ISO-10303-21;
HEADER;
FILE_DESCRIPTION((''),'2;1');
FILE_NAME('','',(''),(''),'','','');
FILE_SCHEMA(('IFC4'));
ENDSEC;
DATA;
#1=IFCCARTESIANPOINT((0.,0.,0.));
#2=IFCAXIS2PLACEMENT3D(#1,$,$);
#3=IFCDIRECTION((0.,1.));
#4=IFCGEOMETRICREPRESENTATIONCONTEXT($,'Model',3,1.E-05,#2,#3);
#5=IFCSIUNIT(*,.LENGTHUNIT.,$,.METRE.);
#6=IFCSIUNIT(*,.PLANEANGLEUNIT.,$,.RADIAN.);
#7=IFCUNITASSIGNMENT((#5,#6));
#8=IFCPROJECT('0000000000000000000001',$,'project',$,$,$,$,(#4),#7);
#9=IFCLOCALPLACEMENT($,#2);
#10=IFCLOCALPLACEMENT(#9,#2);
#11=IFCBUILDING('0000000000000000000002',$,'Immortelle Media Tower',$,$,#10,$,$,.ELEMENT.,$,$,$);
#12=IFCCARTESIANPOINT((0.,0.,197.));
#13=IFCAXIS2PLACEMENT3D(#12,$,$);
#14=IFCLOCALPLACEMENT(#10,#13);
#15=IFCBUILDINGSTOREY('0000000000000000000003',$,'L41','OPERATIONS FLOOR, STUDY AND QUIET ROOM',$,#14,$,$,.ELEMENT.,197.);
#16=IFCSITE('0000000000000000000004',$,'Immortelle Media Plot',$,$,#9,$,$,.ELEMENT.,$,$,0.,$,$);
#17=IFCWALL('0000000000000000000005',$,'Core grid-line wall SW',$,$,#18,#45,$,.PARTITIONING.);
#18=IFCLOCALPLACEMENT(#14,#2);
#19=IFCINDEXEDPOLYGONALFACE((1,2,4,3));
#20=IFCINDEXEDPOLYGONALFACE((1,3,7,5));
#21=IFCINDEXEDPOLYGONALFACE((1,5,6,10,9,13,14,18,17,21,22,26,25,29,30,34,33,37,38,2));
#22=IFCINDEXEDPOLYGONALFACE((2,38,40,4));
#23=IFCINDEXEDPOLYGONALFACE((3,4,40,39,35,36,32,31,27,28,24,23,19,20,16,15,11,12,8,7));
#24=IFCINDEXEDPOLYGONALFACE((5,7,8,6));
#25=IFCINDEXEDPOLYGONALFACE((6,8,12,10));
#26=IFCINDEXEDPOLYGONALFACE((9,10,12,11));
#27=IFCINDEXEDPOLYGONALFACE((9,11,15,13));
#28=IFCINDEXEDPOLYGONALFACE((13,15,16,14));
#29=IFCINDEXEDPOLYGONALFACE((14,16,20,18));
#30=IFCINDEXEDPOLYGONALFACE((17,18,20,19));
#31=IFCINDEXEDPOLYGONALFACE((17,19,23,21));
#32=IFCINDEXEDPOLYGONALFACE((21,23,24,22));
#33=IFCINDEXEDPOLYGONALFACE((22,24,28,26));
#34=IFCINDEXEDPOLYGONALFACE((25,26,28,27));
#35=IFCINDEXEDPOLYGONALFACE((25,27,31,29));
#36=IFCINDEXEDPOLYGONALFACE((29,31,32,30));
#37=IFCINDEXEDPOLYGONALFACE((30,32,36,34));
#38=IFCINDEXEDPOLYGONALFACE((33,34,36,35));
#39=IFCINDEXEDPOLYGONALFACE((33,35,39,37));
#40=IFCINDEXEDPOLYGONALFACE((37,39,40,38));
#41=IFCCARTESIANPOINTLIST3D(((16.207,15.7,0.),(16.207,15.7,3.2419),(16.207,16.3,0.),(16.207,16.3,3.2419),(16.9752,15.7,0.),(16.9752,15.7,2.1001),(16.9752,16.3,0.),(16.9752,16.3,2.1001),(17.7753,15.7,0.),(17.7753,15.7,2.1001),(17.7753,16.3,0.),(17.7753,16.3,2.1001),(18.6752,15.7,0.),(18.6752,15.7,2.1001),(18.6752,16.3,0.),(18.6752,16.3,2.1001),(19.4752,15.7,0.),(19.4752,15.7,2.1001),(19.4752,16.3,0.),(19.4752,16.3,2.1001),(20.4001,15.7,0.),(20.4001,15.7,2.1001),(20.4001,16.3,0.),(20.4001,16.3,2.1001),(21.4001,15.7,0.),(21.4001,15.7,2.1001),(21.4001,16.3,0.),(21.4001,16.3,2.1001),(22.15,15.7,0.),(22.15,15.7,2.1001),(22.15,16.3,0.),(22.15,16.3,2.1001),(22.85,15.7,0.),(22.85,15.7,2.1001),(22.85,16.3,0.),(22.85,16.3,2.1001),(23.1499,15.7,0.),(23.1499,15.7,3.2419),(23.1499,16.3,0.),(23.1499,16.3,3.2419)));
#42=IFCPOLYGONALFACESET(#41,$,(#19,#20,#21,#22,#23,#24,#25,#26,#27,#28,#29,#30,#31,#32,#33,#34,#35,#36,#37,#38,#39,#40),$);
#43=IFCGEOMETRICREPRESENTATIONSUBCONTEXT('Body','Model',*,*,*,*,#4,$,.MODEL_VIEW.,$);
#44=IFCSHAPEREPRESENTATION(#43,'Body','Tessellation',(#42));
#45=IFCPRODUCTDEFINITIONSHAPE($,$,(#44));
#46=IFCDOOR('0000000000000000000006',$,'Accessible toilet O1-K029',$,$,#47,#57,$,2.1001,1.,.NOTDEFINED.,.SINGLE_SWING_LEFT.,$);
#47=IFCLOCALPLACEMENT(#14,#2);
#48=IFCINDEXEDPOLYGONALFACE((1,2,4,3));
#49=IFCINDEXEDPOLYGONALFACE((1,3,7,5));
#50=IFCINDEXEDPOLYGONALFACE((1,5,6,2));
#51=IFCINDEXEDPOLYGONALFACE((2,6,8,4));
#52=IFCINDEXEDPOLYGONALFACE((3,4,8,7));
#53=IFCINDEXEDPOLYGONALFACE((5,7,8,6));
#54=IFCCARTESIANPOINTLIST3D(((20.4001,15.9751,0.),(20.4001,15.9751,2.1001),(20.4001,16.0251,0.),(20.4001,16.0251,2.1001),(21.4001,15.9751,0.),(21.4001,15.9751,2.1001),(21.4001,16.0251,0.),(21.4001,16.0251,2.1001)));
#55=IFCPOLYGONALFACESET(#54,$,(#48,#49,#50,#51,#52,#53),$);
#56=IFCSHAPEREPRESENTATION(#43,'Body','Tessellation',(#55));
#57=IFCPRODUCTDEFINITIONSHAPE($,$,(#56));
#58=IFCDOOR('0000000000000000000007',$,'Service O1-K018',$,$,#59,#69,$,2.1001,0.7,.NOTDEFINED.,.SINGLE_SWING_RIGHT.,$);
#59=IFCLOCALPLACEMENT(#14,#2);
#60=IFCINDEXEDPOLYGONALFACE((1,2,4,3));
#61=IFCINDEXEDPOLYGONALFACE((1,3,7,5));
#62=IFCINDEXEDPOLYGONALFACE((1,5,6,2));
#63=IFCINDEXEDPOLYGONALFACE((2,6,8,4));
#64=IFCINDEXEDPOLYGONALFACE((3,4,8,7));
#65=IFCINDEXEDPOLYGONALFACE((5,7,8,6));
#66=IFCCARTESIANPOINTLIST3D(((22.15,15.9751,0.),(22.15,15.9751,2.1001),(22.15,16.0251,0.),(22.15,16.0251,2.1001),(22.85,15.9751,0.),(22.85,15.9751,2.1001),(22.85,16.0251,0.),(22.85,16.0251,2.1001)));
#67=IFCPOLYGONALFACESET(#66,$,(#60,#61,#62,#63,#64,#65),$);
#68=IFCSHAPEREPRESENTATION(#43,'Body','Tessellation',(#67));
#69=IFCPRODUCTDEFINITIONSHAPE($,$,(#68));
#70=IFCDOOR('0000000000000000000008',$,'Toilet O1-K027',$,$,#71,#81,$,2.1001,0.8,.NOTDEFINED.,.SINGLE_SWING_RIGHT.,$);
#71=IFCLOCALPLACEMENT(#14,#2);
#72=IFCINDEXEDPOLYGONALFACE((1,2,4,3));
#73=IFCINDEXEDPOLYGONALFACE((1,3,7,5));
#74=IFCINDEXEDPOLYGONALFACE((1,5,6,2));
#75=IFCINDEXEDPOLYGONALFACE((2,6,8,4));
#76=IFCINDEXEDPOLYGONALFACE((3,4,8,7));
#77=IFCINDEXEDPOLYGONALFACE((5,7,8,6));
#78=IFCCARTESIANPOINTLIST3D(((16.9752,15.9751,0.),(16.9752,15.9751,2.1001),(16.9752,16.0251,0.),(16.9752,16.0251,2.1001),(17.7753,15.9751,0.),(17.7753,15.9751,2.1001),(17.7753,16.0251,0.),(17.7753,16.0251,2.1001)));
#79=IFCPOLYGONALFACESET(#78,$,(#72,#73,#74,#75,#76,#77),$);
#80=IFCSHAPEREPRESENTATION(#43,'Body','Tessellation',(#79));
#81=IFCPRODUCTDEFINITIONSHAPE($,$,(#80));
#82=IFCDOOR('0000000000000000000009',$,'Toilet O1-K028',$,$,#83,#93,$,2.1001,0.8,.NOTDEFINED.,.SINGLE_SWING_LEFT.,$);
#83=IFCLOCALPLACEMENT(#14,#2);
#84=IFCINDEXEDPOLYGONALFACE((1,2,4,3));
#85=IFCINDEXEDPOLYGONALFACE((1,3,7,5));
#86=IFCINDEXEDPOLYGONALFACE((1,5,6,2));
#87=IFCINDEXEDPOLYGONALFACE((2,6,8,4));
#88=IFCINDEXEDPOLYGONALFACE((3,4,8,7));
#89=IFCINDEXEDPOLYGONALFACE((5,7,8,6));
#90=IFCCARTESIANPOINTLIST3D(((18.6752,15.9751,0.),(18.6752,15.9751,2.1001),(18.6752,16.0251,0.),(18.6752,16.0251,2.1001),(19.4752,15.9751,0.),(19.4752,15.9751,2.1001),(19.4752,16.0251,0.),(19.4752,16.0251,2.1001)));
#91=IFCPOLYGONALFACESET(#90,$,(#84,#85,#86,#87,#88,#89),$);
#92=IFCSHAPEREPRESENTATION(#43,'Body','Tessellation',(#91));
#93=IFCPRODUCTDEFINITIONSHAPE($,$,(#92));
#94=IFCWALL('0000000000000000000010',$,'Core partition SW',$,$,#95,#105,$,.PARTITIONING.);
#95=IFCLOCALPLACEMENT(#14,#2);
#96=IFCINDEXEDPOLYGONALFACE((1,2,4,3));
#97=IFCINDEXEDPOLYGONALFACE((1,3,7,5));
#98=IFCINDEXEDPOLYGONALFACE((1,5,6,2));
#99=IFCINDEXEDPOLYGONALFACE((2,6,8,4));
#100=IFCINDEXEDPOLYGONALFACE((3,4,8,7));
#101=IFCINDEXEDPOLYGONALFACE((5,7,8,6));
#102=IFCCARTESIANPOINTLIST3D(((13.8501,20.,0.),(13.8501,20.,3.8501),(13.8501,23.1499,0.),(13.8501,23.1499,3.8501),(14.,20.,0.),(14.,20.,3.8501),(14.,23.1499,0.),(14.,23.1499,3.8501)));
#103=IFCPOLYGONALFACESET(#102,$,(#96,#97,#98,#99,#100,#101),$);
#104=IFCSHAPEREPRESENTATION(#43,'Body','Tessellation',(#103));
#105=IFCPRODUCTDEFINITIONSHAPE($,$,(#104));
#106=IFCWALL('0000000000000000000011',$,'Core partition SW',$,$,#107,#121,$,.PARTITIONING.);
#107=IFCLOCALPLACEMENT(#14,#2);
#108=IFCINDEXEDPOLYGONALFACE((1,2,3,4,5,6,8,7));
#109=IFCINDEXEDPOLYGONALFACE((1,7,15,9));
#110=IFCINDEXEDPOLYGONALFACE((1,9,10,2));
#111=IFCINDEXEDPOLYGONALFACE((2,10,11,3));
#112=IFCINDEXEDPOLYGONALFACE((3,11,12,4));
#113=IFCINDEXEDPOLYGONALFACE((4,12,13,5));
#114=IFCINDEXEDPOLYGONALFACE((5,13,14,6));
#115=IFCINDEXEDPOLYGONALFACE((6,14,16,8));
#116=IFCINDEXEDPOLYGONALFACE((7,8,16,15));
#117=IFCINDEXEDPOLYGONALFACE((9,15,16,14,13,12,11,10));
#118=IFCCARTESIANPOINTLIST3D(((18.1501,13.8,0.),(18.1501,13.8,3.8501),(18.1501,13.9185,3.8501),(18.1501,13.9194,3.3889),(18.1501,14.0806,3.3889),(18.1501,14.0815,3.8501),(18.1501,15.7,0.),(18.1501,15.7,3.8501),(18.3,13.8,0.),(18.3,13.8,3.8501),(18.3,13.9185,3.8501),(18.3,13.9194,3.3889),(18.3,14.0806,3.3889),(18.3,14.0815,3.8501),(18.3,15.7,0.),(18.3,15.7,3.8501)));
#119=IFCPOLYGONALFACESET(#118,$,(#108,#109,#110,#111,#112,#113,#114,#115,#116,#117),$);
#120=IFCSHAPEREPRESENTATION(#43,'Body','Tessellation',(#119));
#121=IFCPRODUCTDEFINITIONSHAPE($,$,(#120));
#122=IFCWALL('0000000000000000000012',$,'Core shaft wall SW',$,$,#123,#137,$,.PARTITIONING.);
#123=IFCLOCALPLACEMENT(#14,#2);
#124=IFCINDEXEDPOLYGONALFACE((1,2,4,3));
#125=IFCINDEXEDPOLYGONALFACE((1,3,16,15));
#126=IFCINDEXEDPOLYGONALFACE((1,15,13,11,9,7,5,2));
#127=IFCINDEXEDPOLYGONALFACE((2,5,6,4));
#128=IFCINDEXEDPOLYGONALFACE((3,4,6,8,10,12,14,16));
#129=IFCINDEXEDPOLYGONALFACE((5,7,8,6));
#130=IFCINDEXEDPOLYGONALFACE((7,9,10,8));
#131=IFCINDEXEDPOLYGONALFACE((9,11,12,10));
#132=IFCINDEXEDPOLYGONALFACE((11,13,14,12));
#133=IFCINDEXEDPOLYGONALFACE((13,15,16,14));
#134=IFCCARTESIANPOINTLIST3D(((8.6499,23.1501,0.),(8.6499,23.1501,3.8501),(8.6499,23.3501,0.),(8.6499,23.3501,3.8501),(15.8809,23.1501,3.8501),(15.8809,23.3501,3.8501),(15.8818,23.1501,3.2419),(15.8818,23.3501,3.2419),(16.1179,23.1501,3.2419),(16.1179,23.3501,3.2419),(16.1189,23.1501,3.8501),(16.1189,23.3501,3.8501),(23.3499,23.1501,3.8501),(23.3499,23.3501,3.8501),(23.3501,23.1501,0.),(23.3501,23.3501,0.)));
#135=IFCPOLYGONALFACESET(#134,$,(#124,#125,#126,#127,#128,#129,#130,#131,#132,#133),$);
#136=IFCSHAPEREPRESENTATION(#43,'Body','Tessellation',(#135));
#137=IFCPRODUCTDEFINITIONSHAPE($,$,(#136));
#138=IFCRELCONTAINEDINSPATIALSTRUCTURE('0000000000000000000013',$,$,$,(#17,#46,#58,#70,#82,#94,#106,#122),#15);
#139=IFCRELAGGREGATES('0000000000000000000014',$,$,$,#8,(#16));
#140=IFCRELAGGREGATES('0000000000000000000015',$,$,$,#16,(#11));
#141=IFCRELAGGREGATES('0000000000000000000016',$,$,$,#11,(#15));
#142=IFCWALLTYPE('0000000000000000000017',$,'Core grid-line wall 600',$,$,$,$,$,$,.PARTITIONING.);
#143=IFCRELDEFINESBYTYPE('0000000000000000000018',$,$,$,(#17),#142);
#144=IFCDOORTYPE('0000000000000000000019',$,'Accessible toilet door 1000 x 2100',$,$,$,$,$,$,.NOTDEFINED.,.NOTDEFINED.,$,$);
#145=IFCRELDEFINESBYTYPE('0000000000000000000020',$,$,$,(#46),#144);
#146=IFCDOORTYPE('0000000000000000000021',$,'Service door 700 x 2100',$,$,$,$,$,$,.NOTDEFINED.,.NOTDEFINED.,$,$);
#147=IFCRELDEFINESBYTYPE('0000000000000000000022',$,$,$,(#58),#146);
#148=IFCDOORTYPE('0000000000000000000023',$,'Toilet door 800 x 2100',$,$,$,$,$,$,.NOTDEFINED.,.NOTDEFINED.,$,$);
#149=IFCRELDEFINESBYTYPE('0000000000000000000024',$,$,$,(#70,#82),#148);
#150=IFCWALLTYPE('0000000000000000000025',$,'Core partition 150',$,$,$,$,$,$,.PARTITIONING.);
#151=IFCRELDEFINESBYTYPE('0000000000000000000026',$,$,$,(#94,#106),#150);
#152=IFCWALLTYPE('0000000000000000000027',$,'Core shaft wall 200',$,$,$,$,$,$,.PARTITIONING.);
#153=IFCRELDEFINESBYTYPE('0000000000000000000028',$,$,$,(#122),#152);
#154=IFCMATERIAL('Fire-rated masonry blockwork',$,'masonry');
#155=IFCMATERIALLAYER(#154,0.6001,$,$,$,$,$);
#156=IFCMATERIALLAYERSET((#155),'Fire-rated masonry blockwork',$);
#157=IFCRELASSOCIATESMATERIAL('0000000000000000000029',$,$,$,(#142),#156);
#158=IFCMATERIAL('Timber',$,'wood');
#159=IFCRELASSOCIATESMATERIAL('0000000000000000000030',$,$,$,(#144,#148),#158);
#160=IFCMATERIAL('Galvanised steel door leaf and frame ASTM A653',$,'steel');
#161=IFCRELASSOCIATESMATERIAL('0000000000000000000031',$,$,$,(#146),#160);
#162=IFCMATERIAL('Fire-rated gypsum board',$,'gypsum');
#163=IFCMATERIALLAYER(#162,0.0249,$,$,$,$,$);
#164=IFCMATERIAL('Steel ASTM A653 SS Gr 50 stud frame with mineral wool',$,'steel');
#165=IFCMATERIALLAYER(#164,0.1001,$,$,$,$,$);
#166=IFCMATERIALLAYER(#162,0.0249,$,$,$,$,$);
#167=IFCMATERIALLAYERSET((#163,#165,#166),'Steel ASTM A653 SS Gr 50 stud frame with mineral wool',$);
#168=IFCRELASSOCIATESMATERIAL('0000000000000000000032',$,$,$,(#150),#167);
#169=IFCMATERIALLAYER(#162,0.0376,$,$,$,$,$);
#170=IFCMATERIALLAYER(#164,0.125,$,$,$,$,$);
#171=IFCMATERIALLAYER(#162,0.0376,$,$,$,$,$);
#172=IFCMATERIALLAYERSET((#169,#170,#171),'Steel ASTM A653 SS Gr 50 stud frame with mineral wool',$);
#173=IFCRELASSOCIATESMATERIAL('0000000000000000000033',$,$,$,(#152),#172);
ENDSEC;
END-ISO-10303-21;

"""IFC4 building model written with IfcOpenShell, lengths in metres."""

from ifc_helpers import new_model, si_unit, direction, frame, frame_2d, origin, place, context, subcontext, project, spatial, polyline, rectangle, outline, extrude, material, layer, layer_set, type_object, element, fill, save


model = new_model("IFC4")

# Units and contexts
model_context = context("Model", 3, precision=1e-05, world=origin(), true_north=direction((0.0, 1.0)))
body_context = subcontext(model_context, "Body", "Model", "MODEL_VIEW")
ifc_project = project(units=[si_unit("LENGTHUNIT", "METRE"), si_unit("PLANEANGLEUNIT", "RADIAN")], contexts=[model_context])

# Site, building, storey
site_placement = place(None, origin())
site = spatial("IfcSite", under=ifc_project, at=site_placement, Name="Immortelle Media Plot", CompositionType="ELEMENT", RefElevation=0.0)
building_placement = place(site_placement, origin())
building = spatial("IfcBuilding", under=site, at=building_placement, Name="Immortelle Media Tower", CompositionType="ELEMENT")
storey_placement = place(building_placement, frame((0.0, 0.0, 197.0)))
storey = spatial("IfcBuildingStorey", under=building, at=storey_placement, Name="L41", Description="OPERATIONS FLOOR, STUDY AND QUIET ROOM", CompositionType="ELEMENT", Elevation=197.0)

# Wall, openings, doors
ifc_material_1 = material(Name="Fire-rated masonry blockwork", Category="masonry")
ifc_layer_1 = layer(ifc_material_1, 0.6001)
ifc_layer_set_1 = layer_set([ifc_layer_1], Name="Fire-rated masonry blockwork")
wall_type_1 = type_object("IfcWallType", Name="Core grid-line wall 600", PredefinedType="PARTITIONING", material=ifc_layer_set_1)
wall_1_placement = place(storey_placement, frame((16.207, 16.0, 0.0), z_axis=(0.0, 0.0, 1.0), x_axis=(1.0, 0.0, 0.0)))
wall_1 = element("IfcWall", 1, at=wall_1_placement, inside=storey, type_object=wall_type_1, Name="Core grid-line wall SW", PredefinedType="PARTITIONING", context=body_context, shape_type="SweptSolid", body=[
    extrude(rectangle(XDim=6.9429, YDim=0.6001, at=frame_2d((3.4714, 0.0))), origin(), (0.0, 0.0, 1.0), 3.2419),
])
opening_1_placement = place(wall_1_placement, frame((1.5681, 0.0, 0.0), z_axis=(0.0, 0.0, 1.0), x_axis=(-1.0, 0.0, 0.0)))
opening_1 = element("IfcOpeningElement", 2, at=opening_1_placement, cuts=wall_1, PredefinedType="OPENING", context=body_context, shape_type="SweptSolid", body=[
    extrude(rectangle(XDim=0.8, YDim=2.1001, at=frame_2d((0.3999, 1.05))), frame((0.0, 0.3101, 0.0), z_axis=(0.0, -1.0, 0.0), x_axis=(1.0, 0.0, 0.0)), (0.0, 0.0, 1.0), 0.6201),
])
opening_2_placement = place(wall_1_placement, frame((3.2681, 0.0, 0.0), z_axis=(0.0, 0.0, 1.0), x_axis=(-1.0, 0.0, 0.0)))
opening_2 = element("IfcOpeningElement", 3, at=opening_2_placement, cuts=wall_1, PredefinedType="OPENING", context=body_context, shape_type="SweptSolid", body=[
    extrude(rectangle(XDim=0.8, YDim=2.1001, at=frame_2d((0.3999, 1.05))), frame((0.0, 0.3101, 0.0), z_axis=(0.0, -1.0, 0.0), x_axis=(1.0, 0.0, 0.0)), (0.0, 0.0, 1.0), 0.6201),
])
opening_3_placement = place(wall_1_placement, frame((5.1931, 0.0, 0.0), z_axis=(0.0, 0.0, 1.0), x_axis=(-1.0, 0.0, 0.0)))
opening_3 = element("IfcOpeningElement", 4, at=opening_3_placement, cuts=wall_1, PredefinedType="OPENING", context=body_context, shape_type="SweptSolid", body=[
    extrude(rectangle(XDim=1.0, YDim=2.1001, at=frame_2d((0.5, 1.05))), frame((0.0, 0.3101, 0.0), z_axis=(0.0, -1.0, 0.0), x_axis=(1.0, 0.0, 0.0)), (0.0, 0.0, 1.0), 0.6201),
])
opening_4_placement = place(wall_1_placement, frame((6.6431, 0.0, 0.0), z_axis=(0.0, 0.0, 1.0), x_axis=(-1.0, 0.0, 0.0)))
opening_4 = element("IfcOpeningElement", 5, at=opening_4_placement, cuts=wall_1, PredefinedType="OPENING", context=body_context, shape_type="SweptSolid", body=[
    extrude(rectangle(XDim=0.7, YDim=2.1001, at=frame_2d((0.3501, 1.05))), frame((0.0, 0.3101, 0.0), z_axis=(0.0, -1.0, 0.0), x_axis=(1.0, 0.0, 0.0)), (0.0, 0.0, 1.0), 0.6201),
])
ifc_material_2 = material(Name="Timber", Category="wood")
door_type_1 = type_object("IfcDoorType", Name="Accessible toilet door 1000 x 2100", OperationType="NOTDEFINED", PredefinedType="NOTDEFINED", material=ifc_material_2)
door_1_placement = place(opening_3_placement, origin())
door_1 = element("IfcDoor", 6, at=door_1_placement, inside=storey, type_object=door_type_1, Name="Accessible toilet O1-K029", OperationType="SINGLE_SWING_LEFT", OverallHeight=2.1001, OverallWidth=1.0, PredefinedType="NOTDEFINED", context=body_context, shape_type="SweptSolid", body=[
    extrude(rectangle(XDim=1.0, YDim=2.1001, at=frame_2d((0.5, 1.05))), frame((0.0, 0.0249, 0.0), z_axis=(0.0, -1.0, 0.0), x_axis=(1.0, 0.0, 0.0)), (0.0, 0.0, 1.0), 0.05),
])
fill(opening_3, door_1)
ifc_material_3 = material(Name="Galvanised steel door leaf and frame ASTM A653", Category="steel")
door_type_2 = type_object("IfcDoorType", Name="Service door 700 x 2100", OperationType="NOTDEFINED", PredefinedType="NOTDEFINED", material=ifc_material_3)
door_2_placement = place(opening_4_placement, origin())
door_2 = element("IfcDoor", 7, at=door_2_placement, inside=storey, type_object=door_type_2, Name="Service O1-K018", OperationType="SINGLE_SWING_RIGHT", OverallHeight=2.1001, OverallWidth=0.7, PredefinedType="NOTDEFINED", context=body_context, shape_type="SweptSolid", body=[
    extrude(rectangle(XDim=0.7, YDim=2.1001, at=frame_2d((0.3501, 1.05))), frame((0.0, 0.0249, 0.0), z_axis=(0.0, -1.0, 0.0), x_axis=(1.0, 0.0, 0.0)), (0.0, 0.0, 1.0), 0.05),
])
fill(opening_4, door_2)
door_type_3 = type_object("IfcDoorType", Name="Toilet door 800 x 2100", OperationType="NOTDEFINED", PredefinedType="NOTDEFINED", material=ifc_material_2)
door_3_placement = place(opening_1_placement, origin())
door_3 = element("IfcDoor", 8, at=door_3_placement, inside=storey, type_object=door_type_3, Name="Toilet O1-K027", OperationType="SINGLE_SWING_RIGHT", OverallHeight=2.1001, OverallWidth=0.8, PredefinedType="NOTDEFINED", context=body_context, shape_type="SweptSolid", body=[
    extrude(rectangle(XDim=0.8, YDim=2.1001, at=frame_2d((0.3999, 1.05))), frame((0.0, 0.0249, 0.0), z_axis=(0.0, -1.0, 0.0), x_axis=(1.0, 0.0, 0.0)), (0.0, 0.0, 1.0), 0.05),
])
fill(opening_1, door_3)
door_4_placement = place(opening_2_placement, origin())
door_4 = element("IfcDoor", 9, at=door_4_placement, inside=storey, type_object=door_type_3, Name="Toilet O1-K028", OperationType="SINGLE_SWING_LEFT", OverallHeight=2.1001, OverallWidth=0.8, PredefinedType="NOTDEFINED", context=body_context, shape_type="SweptSolid", body=[
    extrude(rectangle(XDim=0.8, YDim=2.1001, at=frame_2d((0.3999, 1.05))), frame((0.0, 0.0249, 0.0), z_axis=(0.0, -1.0, 0.0), x_axis=(1.0, 0.0, 0.0)), (0.0, 0.0, 1.0), 0.05),
])
fill(opening_2, door_4)

# Walls
ifc_material_4 = material(Name="Fire-rated gypsum board", Category="gypsum")
ifc_layer_2 = layer(ifc_material_4, 0.0249)
ifc_material_5 = material(Name="Steel ASTM A653 SS Gr 50 stud frame with mineral wool", Category="steel")
ifc_layer_3 = layer(ifc_material_5, 0.1001)
ifc_layer_4 = layer(ifc_material_4, 0.0249)
ifc_layer_set_2 = layer_set([ifc_layer_2, ifc_layer_3, ifc_layer_4], Name="Steel ASTM A653 SS Gr 50 stud frame with mineral wool")
wall_type_2 = type_object("IfcWallType", Name="Core partition 150", PredefinedType="PARTITIONING", material=ifc_layer_set_2)
wall_2_placement = place(storey_placement, frame((13.925, 20.0, 0.0), z_axis=(0.0, 0.0, 1.0), x_axis=(0.0, 1.0, 0.0)))
element("IfcWall", 10, at=wall_2_placement, inside=storey, type_object=wall_type_2, Name="Core partition SW", PredefinedType="PARTITIONING", context=body_context, shape_type="SweptSolid", body=[
    extrude(rectangle(XDim=3.1499, YDim=0.1499, at=frame_2d((1.575, 0.0))), origin(), (0.0, 0.0, 1.0), 3.8501),
])
wall_3_placement = place(storey_placement, frame((18.2251, 13.8, 0.0), z_axis=(0.0, 0.0, 1.0), x_axis=(0.0, 1.0, 0.0)))
element("IfcWall", 11, at=wall_3_placement, inside=storey, type_object=wall_type_2, Name="Core partition SW", PredefinedType="PARTITIONING", context=body_context, shape_type="SweptSolid", body=[
    extrude(outline(polyline([(0.0, 0.0), (1.8999, 0.0), (1.8999, 3.8501), (0.2815, 3.8501), (0.2805, 3.3889), (0.1194, 3.3889), (0.1184, 3.8501), (0.0, 3.8501), (0.0, 0.0)])), frame((0.0, 0.075, 0.0), z_axis=(0.0, -1.0, 0.0), x_axis=(1.0, 0.0, 0.0)), (0.0, 0.0, 1.0), 0.1499),
])
ifc_layer_5 = layer(ifc_material_4, 0.0376)
ifc_layer_6 = layer(ifc_material_5, 0.125)
ifc_layer_7 = layer(ifc_material_4, 0.0376)
ifc_layer_set_3 = layer_set([ifc_layer_5, ifc_layer_6, ifc_layer_7], Name="Steel ASTM A653 SS Gr 50 stud frame with mineral wool")
wall_type_3 = type_object("IfcWallType", Name="Core shaft wall 200", PredefinedType="PARTITIONING", material=ifc_layer_set_3)
wall_4_placement = place(storey_placement, frame((8.6499, 23.25, 0.0), z_axis=(0.0, 0.0, 1.0), x_axis=(1.0, 0.0, 0.0)))
element("IfcWall", 12, at=wall_4_placement, inside=storey, type_object=wall_type_3, Name="Core shaft wall SW", PredefinedType="PARTITIONING", context=body_context, shape_type="SweptSolid", body=[
    extrude(outline(polyline([(0.0, 0.0), (14.7002, 0.0), (14.7, 3.8501), (7.469, 3.8501), (7.468, 3.2419), (7.2319, 3.2419), (7.231, 3.8501), (0.0, 3.8501), (0.0, 0.0)])), frame((0.0, 0.1001, 0.0), z_axis=(0.0, -1.0, 0.0), x_axis=(1.0, 0.0, 0.0)), (0.0, 0.0, 1.0), 0.2),
])

save(model, "model.ifc")
